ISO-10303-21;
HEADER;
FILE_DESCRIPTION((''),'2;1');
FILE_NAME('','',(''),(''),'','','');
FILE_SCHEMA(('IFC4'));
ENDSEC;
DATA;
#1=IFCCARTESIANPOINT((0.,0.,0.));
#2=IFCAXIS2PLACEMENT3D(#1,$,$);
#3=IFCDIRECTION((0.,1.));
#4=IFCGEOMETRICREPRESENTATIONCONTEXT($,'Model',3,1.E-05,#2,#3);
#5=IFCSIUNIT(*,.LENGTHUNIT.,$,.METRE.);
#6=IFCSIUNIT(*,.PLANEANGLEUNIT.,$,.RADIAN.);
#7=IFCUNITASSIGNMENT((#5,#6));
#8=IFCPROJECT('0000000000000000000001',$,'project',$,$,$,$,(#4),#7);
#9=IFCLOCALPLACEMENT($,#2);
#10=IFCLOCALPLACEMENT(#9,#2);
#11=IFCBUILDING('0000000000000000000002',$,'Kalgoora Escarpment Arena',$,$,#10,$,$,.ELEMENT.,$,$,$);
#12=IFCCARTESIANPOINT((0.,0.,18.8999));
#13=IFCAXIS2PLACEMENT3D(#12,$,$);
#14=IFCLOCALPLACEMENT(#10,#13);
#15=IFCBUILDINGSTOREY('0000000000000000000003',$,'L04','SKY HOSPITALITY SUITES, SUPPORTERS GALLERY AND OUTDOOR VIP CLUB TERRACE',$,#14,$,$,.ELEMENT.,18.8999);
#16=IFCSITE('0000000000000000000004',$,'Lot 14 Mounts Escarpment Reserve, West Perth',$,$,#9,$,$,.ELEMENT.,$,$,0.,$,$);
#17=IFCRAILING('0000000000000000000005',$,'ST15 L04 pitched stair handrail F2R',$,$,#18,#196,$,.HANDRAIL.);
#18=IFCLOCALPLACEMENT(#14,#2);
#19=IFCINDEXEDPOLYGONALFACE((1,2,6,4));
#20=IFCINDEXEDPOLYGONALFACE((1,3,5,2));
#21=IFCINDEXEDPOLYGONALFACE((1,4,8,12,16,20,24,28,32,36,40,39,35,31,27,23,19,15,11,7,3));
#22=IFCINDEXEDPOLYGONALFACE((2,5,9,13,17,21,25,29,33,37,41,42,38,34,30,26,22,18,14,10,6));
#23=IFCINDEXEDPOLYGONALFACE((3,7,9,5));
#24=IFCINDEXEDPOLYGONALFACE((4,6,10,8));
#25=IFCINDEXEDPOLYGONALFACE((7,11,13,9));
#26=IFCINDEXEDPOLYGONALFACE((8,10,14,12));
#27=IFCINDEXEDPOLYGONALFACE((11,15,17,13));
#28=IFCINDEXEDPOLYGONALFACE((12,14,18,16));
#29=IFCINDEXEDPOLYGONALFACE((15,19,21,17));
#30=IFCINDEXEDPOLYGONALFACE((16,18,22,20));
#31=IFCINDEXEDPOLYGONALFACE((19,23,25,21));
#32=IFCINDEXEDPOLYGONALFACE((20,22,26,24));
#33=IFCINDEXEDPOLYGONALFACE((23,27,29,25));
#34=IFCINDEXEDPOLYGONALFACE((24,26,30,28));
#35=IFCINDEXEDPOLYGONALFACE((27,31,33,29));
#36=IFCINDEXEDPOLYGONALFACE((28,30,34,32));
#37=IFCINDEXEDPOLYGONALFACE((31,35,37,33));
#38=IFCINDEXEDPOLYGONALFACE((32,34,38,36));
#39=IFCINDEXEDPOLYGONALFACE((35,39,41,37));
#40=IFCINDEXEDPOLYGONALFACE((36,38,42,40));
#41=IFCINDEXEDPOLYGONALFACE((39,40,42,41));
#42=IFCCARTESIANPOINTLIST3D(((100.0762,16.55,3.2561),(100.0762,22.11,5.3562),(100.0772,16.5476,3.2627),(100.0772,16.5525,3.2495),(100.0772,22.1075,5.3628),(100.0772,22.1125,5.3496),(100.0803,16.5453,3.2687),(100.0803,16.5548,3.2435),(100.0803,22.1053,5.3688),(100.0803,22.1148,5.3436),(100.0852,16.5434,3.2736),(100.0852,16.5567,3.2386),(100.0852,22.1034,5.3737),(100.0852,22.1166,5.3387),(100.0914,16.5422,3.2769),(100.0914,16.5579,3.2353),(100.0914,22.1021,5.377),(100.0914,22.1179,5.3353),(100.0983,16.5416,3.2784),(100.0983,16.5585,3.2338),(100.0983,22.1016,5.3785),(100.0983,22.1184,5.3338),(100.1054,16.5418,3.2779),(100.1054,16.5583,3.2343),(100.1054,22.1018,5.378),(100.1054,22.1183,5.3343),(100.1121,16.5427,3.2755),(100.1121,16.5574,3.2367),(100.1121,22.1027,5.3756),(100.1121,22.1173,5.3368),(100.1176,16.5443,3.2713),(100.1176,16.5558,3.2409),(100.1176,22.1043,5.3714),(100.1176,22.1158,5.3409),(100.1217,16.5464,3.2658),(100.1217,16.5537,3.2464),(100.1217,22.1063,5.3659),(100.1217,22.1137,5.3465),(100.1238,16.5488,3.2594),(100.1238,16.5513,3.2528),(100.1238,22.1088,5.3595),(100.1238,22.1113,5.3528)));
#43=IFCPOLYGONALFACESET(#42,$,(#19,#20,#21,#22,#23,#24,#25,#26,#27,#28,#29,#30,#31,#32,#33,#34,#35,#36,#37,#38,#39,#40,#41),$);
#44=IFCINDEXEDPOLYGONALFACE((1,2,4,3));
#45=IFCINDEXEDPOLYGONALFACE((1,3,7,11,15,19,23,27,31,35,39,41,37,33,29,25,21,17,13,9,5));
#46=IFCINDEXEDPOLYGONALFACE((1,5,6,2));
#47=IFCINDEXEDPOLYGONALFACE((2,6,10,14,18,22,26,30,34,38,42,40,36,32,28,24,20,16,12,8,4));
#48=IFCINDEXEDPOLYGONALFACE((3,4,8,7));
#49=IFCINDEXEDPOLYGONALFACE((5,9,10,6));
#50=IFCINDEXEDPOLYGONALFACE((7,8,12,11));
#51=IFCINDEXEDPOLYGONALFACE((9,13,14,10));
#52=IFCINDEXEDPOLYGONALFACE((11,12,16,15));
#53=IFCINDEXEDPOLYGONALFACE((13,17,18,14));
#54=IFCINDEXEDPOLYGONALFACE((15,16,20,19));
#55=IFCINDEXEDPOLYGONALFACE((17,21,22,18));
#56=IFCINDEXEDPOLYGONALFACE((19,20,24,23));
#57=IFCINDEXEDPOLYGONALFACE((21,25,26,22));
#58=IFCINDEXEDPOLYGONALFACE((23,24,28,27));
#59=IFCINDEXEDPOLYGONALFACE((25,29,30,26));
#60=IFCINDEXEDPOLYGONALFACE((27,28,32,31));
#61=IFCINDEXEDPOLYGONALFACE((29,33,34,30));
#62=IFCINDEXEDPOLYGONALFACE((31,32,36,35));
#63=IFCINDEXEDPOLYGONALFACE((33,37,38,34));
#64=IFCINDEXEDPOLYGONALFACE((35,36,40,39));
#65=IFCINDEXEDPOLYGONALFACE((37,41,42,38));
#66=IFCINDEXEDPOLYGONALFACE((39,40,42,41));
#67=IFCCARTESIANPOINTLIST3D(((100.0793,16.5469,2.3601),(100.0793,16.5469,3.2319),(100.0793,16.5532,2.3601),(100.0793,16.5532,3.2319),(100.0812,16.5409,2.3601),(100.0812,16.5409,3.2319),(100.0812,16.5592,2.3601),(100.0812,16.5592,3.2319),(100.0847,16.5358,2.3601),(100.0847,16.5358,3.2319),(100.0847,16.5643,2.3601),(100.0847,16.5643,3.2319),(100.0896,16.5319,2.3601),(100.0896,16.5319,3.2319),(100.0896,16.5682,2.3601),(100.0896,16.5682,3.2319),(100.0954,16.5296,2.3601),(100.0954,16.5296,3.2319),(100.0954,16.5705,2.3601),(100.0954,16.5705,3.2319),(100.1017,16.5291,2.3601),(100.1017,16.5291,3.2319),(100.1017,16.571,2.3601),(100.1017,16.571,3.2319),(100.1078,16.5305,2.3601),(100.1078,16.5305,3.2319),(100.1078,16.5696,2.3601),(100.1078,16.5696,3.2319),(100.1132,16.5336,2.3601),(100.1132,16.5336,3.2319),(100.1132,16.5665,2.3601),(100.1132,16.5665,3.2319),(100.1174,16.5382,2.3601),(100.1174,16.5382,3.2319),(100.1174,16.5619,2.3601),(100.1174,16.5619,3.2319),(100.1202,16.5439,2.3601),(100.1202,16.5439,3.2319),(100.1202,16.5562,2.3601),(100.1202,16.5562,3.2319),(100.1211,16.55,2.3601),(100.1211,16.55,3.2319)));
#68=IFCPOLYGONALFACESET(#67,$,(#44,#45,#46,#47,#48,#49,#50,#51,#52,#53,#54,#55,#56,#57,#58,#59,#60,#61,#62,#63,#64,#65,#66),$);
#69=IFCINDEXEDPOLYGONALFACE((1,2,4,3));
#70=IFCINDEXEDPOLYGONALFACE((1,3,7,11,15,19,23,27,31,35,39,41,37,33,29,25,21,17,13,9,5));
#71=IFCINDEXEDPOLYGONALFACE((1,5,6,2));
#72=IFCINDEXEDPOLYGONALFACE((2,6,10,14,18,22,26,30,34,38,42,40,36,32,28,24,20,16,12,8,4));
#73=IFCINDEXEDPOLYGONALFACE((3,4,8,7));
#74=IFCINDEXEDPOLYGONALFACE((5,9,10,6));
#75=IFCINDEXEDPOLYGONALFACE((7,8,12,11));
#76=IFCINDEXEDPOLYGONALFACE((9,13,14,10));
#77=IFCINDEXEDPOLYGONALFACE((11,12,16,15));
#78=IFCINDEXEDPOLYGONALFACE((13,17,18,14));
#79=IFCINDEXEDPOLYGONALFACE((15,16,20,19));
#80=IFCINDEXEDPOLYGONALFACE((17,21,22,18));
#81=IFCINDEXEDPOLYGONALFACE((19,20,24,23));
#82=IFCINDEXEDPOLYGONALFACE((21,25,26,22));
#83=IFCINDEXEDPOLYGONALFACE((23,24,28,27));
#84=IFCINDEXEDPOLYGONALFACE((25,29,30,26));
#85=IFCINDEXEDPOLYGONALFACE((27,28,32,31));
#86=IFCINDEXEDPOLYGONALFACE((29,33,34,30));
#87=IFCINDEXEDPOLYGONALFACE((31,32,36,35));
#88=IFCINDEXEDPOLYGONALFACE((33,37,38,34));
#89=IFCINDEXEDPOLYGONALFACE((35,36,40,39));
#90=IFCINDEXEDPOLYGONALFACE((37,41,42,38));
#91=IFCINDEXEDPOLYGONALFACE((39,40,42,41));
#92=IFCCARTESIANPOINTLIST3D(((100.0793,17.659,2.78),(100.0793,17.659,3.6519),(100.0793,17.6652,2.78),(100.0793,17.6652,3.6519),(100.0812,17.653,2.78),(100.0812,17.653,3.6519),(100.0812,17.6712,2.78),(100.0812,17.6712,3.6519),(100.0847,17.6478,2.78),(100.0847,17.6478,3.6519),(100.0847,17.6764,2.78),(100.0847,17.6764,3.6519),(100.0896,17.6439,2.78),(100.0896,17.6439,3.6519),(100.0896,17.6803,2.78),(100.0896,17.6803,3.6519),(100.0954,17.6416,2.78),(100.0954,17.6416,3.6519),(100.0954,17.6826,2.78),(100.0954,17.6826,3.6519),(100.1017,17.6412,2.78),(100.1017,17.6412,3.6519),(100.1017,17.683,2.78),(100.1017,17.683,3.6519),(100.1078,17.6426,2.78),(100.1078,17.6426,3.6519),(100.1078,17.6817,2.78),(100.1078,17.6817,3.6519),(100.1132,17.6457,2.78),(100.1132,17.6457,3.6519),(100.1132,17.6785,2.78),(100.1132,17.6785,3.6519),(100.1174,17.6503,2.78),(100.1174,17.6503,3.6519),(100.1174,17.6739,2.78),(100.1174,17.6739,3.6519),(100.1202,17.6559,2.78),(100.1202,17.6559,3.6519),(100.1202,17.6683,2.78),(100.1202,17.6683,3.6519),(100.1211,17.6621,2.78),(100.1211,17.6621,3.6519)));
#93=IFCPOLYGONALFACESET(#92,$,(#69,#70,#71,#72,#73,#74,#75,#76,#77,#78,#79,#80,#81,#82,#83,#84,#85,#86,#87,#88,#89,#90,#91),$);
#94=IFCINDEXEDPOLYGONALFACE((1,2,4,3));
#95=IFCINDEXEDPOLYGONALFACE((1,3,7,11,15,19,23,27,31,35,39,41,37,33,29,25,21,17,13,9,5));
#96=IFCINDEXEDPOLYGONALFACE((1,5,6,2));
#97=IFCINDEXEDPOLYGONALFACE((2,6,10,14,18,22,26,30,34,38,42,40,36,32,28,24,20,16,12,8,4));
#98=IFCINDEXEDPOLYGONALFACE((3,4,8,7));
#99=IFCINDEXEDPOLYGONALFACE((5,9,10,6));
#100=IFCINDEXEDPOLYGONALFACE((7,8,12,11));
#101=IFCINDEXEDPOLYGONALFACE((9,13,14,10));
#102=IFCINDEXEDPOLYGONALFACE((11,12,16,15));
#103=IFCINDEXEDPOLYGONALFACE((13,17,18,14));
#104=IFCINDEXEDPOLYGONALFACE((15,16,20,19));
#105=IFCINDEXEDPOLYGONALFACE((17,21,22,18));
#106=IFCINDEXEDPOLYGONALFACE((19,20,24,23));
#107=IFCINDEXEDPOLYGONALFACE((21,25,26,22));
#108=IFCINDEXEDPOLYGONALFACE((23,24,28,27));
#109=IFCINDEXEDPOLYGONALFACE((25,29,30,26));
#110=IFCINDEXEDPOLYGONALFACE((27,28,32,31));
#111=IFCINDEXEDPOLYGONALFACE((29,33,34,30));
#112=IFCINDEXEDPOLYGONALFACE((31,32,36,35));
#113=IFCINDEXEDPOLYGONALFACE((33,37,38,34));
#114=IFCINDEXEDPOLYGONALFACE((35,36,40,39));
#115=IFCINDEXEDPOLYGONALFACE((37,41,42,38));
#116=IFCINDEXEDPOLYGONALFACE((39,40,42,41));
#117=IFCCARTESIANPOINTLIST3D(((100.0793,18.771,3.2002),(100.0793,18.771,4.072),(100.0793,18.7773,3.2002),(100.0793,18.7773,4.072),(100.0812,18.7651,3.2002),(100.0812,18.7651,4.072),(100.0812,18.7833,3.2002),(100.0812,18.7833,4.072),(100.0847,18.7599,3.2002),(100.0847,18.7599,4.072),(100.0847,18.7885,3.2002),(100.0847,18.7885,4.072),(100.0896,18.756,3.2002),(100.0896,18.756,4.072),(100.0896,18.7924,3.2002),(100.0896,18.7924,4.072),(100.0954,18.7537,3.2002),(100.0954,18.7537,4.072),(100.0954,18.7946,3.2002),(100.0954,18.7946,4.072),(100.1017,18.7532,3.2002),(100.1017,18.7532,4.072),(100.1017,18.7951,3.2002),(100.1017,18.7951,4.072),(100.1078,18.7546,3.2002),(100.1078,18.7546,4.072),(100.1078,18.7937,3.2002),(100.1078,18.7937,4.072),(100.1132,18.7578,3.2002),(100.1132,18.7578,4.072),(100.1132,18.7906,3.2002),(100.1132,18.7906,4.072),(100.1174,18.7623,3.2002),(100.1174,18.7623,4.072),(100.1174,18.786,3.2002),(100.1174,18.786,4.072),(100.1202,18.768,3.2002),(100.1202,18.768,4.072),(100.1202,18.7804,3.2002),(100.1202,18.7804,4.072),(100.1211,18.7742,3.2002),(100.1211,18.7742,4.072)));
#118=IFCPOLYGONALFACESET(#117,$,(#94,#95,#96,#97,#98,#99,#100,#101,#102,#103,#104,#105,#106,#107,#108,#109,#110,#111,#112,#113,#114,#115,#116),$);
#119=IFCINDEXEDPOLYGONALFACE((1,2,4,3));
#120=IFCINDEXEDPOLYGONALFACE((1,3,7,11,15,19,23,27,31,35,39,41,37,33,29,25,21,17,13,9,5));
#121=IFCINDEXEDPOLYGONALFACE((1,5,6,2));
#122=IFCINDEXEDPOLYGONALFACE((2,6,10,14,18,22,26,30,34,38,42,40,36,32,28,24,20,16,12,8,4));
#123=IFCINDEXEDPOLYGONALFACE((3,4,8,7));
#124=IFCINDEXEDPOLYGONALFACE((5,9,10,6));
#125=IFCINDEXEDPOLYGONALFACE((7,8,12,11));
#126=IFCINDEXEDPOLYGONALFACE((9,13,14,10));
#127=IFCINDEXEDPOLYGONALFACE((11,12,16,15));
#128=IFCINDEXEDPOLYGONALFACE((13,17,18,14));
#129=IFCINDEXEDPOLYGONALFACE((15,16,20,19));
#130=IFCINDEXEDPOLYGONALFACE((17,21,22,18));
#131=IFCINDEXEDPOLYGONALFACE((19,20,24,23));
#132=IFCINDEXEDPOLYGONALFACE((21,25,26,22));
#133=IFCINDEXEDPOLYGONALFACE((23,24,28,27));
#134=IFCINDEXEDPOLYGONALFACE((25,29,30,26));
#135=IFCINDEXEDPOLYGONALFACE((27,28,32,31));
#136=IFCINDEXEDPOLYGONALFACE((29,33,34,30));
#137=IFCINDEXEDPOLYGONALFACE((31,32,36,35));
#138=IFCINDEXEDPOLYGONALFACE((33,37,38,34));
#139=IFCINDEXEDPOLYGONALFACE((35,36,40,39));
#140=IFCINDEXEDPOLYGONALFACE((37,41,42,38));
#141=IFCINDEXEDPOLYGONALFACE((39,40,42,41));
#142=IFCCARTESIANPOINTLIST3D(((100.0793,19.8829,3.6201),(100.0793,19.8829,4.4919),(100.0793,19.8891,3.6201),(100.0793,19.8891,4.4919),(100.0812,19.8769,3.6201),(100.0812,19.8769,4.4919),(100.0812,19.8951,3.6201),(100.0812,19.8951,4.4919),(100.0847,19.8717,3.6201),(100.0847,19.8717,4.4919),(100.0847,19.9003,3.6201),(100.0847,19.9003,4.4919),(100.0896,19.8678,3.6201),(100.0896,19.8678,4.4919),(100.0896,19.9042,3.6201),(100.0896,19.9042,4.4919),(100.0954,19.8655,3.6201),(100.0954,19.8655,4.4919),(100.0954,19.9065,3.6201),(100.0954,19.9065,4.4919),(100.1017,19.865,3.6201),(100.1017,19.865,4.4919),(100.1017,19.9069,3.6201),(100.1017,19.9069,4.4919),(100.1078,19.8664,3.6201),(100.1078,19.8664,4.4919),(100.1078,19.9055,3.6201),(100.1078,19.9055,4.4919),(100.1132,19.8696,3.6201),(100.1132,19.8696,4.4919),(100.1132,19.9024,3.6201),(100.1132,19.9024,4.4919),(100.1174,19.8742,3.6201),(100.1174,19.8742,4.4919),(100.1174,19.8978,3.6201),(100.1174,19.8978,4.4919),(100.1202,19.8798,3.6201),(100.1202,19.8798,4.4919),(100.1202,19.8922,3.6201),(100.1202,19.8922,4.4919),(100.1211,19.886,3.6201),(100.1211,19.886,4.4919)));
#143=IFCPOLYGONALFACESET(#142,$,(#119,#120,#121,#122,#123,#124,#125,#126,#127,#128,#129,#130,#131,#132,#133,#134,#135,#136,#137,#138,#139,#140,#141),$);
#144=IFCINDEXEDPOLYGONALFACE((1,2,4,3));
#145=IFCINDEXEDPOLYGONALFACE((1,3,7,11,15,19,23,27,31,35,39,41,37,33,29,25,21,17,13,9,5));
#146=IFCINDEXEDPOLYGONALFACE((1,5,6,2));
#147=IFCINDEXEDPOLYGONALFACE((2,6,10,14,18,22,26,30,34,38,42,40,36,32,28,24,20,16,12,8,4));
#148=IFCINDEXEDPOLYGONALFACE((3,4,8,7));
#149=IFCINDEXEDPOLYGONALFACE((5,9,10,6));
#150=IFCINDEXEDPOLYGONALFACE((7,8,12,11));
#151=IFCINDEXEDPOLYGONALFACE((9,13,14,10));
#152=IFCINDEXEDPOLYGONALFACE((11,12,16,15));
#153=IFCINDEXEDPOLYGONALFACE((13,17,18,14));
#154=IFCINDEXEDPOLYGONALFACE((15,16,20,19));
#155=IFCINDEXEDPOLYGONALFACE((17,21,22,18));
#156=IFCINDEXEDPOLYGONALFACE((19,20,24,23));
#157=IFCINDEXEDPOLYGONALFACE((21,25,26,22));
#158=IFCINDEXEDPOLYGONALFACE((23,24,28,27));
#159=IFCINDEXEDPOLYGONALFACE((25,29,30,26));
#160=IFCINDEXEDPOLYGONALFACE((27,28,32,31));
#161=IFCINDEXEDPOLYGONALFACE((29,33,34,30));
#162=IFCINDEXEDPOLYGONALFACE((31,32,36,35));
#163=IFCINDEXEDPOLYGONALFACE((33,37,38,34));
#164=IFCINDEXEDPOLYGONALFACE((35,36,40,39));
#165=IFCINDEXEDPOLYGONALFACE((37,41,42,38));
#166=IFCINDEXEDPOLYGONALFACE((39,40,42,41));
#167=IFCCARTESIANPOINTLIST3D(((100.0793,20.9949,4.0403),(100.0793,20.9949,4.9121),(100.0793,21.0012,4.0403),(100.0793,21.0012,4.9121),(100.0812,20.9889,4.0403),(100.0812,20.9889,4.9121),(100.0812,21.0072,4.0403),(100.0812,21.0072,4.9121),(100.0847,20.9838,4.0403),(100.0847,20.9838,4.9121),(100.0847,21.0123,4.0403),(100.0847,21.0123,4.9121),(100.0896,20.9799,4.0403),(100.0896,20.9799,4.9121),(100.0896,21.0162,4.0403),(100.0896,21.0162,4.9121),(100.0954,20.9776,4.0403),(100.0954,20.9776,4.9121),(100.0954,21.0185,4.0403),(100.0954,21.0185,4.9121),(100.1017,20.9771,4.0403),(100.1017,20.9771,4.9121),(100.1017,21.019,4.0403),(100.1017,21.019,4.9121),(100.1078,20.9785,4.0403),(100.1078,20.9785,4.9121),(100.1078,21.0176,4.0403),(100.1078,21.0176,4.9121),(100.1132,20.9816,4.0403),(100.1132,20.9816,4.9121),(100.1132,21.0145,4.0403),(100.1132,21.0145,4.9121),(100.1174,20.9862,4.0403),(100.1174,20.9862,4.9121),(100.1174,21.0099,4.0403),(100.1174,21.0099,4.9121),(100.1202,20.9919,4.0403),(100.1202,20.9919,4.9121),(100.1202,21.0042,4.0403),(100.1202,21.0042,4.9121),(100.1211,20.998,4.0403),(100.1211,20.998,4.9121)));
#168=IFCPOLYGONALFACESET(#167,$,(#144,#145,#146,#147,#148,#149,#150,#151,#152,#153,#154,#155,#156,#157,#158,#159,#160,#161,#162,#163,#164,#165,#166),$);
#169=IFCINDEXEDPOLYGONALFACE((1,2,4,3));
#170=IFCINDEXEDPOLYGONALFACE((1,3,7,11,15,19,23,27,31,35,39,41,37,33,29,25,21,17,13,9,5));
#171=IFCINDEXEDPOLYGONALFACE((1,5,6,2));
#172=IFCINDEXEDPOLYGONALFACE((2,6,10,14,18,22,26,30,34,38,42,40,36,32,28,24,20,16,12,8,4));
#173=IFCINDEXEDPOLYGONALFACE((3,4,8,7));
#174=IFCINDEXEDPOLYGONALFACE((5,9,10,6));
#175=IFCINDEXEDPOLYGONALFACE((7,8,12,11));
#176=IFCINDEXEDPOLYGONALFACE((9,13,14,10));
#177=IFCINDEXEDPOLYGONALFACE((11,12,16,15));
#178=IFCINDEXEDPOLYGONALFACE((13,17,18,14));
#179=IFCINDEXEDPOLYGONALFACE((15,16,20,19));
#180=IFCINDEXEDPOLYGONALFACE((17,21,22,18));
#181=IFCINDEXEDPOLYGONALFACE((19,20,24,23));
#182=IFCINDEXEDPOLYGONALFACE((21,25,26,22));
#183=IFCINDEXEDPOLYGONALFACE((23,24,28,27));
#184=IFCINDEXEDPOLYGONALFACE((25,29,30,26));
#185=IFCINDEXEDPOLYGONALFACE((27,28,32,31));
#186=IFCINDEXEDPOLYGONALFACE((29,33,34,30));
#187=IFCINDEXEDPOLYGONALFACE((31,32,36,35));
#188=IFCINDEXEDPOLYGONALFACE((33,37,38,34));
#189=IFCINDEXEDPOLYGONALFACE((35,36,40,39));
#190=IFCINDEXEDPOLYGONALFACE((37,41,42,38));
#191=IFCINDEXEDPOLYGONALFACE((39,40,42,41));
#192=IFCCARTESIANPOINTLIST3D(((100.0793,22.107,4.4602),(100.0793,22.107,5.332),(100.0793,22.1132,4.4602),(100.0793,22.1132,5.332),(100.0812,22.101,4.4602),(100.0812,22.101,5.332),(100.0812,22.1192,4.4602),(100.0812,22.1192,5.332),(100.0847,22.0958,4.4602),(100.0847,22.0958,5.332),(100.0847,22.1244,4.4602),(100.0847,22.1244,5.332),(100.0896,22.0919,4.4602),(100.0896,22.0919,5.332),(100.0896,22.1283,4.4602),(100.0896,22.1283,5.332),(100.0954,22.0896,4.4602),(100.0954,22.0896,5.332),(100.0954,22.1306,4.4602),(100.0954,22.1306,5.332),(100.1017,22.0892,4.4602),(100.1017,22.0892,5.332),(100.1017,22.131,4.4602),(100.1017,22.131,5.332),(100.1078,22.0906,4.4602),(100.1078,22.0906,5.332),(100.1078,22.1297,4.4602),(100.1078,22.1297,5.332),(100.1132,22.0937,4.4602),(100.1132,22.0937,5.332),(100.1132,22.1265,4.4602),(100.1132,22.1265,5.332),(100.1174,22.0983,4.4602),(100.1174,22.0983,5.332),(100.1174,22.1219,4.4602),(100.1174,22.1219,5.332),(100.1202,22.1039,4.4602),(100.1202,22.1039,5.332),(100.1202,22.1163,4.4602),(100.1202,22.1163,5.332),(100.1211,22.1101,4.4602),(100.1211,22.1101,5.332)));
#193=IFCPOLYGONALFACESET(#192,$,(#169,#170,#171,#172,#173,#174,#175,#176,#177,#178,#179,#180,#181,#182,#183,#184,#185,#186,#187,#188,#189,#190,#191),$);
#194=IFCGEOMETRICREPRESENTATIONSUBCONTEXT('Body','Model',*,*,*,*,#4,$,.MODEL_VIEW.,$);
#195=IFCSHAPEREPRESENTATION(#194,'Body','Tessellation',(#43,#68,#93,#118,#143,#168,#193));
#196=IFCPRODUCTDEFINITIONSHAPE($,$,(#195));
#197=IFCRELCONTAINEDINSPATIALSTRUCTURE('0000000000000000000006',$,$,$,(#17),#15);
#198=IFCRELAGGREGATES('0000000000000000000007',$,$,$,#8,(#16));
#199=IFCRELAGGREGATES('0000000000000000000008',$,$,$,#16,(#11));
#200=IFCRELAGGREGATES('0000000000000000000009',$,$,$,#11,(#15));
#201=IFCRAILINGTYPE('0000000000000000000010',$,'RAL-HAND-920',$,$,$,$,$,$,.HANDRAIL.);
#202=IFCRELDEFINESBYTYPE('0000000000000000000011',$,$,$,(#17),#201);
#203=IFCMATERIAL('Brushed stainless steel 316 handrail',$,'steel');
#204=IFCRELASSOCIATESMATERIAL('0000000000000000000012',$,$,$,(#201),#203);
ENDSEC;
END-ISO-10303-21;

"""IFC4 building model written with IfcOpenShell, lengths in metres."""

from ifc_helpers import new_model, si_unit, direction, frame, origin, origin_2d, place, context, subcontext, project, spatial, circle, extrude, material, type_object, element, save


model = new_model("IFC4")

# Units and contexts
model_context = context("Model", 3, precision=1e-05, world=origin(), true_north=direction((0.0, 1.0)))
body_context = subcontext(model_context, "Body", "Model", "MODEL_VIEW")
ifc_project = project(units=[si_unit("LENGTHUNIT", "METRE"), si_unit("PLANEANGLEUNIT", "RADIAN")], contexts=[model_context])

# Site, building, storey
site_placement = place(None, origin())
site = spatial("IfcSite", under=ifc_project, at=site_placement, Name="Lot 14 Mounts Escarpment Reserve, West Perth", CompositionType="ELEMENT", RefElevation=0.0)
building_placement = place(site_placement, origin())
building = spatial("IfcBuilding", under=site, at=building_placement, Name="Kalgoora Escarpment Arena", CompositionType="ELEMENT")
storey_placement = place(building_placement, frame((0.0, 0.0, 18.8999)))
storey = spatial("IfcBuildingStorey", under=building, at=storey_placement, Name="L04", Description="SKY HOSPITALITY SUITES, SUPPORTERS GALLERY AND OUTDOOR VIP CLUB TERRACE", CompositionType="ELEMENT", Elevation=18.8999)

# Railing
ifc_material_1 = material(Name="Brushed stainless steel 316 handrail", Category="steel")
railing_type_1 = type_object("IfcRailingType", Name="RAL-HAND-920", PredefinedType="HANDRAIL", material=ifc_material_1)
for number, where, name in (
    (1, (100.1001, 16.55, 2.3601), "ST15 L04 pitched stair handrail F2R"),
):
    element("IfcRailing", number, at=place(storey_placement, frame(where)), inside=storey, type_object=railing_type_1, Name=name, PredefinedType="HANDRAIL", context=body_context, shape_type="SweptSolid", body=[
        extrude(circle(Radius=0.0239, at=origin_2d()), frame((0.0, 0.0, 0.896), z_axis=(0.0, 0.935493, 0.353346), x_axis=(-1.0, 0.0, 0.0)), (0.0, 0.0, 1.0), 5.9434),
        extrude(circle(Radius=0.021, at=origin_2d()), origin(), (0.0, 0.0, 1.0), 0.8718),
        extrude(circle(Radius=0.021, at=origin_2d()), frame((0.0, 1.1121, 0.4199)), (0.0, 0.0, 1.0), 0.8718),
        extrude(circle(Radius=0.021, at=origin_2d()), frame((0.0, 2.2241, 0.8401)), (0.0, 0.0, 1.0), 0.8718),
        extrude(circle(Radius=0.021, at=origin_2d()), frame((0.0, 3.3359, 1.26)), (0.0, 0.0, 1.0), 0.8718),
        extrude(circle(Radius=0.021, at=origin_2d()), frame((0.0, 4.448, 1.6802)), (0.0, 0.0, 1.0), 0.8718),
        extrude(circle(Radius=0.021, at=origin_2d()), frame((0.0, 5.5601, 2.1001)), (0.0, 0.0, 1.0), 0.8718),
    ])

save(model, "model.ifc")
